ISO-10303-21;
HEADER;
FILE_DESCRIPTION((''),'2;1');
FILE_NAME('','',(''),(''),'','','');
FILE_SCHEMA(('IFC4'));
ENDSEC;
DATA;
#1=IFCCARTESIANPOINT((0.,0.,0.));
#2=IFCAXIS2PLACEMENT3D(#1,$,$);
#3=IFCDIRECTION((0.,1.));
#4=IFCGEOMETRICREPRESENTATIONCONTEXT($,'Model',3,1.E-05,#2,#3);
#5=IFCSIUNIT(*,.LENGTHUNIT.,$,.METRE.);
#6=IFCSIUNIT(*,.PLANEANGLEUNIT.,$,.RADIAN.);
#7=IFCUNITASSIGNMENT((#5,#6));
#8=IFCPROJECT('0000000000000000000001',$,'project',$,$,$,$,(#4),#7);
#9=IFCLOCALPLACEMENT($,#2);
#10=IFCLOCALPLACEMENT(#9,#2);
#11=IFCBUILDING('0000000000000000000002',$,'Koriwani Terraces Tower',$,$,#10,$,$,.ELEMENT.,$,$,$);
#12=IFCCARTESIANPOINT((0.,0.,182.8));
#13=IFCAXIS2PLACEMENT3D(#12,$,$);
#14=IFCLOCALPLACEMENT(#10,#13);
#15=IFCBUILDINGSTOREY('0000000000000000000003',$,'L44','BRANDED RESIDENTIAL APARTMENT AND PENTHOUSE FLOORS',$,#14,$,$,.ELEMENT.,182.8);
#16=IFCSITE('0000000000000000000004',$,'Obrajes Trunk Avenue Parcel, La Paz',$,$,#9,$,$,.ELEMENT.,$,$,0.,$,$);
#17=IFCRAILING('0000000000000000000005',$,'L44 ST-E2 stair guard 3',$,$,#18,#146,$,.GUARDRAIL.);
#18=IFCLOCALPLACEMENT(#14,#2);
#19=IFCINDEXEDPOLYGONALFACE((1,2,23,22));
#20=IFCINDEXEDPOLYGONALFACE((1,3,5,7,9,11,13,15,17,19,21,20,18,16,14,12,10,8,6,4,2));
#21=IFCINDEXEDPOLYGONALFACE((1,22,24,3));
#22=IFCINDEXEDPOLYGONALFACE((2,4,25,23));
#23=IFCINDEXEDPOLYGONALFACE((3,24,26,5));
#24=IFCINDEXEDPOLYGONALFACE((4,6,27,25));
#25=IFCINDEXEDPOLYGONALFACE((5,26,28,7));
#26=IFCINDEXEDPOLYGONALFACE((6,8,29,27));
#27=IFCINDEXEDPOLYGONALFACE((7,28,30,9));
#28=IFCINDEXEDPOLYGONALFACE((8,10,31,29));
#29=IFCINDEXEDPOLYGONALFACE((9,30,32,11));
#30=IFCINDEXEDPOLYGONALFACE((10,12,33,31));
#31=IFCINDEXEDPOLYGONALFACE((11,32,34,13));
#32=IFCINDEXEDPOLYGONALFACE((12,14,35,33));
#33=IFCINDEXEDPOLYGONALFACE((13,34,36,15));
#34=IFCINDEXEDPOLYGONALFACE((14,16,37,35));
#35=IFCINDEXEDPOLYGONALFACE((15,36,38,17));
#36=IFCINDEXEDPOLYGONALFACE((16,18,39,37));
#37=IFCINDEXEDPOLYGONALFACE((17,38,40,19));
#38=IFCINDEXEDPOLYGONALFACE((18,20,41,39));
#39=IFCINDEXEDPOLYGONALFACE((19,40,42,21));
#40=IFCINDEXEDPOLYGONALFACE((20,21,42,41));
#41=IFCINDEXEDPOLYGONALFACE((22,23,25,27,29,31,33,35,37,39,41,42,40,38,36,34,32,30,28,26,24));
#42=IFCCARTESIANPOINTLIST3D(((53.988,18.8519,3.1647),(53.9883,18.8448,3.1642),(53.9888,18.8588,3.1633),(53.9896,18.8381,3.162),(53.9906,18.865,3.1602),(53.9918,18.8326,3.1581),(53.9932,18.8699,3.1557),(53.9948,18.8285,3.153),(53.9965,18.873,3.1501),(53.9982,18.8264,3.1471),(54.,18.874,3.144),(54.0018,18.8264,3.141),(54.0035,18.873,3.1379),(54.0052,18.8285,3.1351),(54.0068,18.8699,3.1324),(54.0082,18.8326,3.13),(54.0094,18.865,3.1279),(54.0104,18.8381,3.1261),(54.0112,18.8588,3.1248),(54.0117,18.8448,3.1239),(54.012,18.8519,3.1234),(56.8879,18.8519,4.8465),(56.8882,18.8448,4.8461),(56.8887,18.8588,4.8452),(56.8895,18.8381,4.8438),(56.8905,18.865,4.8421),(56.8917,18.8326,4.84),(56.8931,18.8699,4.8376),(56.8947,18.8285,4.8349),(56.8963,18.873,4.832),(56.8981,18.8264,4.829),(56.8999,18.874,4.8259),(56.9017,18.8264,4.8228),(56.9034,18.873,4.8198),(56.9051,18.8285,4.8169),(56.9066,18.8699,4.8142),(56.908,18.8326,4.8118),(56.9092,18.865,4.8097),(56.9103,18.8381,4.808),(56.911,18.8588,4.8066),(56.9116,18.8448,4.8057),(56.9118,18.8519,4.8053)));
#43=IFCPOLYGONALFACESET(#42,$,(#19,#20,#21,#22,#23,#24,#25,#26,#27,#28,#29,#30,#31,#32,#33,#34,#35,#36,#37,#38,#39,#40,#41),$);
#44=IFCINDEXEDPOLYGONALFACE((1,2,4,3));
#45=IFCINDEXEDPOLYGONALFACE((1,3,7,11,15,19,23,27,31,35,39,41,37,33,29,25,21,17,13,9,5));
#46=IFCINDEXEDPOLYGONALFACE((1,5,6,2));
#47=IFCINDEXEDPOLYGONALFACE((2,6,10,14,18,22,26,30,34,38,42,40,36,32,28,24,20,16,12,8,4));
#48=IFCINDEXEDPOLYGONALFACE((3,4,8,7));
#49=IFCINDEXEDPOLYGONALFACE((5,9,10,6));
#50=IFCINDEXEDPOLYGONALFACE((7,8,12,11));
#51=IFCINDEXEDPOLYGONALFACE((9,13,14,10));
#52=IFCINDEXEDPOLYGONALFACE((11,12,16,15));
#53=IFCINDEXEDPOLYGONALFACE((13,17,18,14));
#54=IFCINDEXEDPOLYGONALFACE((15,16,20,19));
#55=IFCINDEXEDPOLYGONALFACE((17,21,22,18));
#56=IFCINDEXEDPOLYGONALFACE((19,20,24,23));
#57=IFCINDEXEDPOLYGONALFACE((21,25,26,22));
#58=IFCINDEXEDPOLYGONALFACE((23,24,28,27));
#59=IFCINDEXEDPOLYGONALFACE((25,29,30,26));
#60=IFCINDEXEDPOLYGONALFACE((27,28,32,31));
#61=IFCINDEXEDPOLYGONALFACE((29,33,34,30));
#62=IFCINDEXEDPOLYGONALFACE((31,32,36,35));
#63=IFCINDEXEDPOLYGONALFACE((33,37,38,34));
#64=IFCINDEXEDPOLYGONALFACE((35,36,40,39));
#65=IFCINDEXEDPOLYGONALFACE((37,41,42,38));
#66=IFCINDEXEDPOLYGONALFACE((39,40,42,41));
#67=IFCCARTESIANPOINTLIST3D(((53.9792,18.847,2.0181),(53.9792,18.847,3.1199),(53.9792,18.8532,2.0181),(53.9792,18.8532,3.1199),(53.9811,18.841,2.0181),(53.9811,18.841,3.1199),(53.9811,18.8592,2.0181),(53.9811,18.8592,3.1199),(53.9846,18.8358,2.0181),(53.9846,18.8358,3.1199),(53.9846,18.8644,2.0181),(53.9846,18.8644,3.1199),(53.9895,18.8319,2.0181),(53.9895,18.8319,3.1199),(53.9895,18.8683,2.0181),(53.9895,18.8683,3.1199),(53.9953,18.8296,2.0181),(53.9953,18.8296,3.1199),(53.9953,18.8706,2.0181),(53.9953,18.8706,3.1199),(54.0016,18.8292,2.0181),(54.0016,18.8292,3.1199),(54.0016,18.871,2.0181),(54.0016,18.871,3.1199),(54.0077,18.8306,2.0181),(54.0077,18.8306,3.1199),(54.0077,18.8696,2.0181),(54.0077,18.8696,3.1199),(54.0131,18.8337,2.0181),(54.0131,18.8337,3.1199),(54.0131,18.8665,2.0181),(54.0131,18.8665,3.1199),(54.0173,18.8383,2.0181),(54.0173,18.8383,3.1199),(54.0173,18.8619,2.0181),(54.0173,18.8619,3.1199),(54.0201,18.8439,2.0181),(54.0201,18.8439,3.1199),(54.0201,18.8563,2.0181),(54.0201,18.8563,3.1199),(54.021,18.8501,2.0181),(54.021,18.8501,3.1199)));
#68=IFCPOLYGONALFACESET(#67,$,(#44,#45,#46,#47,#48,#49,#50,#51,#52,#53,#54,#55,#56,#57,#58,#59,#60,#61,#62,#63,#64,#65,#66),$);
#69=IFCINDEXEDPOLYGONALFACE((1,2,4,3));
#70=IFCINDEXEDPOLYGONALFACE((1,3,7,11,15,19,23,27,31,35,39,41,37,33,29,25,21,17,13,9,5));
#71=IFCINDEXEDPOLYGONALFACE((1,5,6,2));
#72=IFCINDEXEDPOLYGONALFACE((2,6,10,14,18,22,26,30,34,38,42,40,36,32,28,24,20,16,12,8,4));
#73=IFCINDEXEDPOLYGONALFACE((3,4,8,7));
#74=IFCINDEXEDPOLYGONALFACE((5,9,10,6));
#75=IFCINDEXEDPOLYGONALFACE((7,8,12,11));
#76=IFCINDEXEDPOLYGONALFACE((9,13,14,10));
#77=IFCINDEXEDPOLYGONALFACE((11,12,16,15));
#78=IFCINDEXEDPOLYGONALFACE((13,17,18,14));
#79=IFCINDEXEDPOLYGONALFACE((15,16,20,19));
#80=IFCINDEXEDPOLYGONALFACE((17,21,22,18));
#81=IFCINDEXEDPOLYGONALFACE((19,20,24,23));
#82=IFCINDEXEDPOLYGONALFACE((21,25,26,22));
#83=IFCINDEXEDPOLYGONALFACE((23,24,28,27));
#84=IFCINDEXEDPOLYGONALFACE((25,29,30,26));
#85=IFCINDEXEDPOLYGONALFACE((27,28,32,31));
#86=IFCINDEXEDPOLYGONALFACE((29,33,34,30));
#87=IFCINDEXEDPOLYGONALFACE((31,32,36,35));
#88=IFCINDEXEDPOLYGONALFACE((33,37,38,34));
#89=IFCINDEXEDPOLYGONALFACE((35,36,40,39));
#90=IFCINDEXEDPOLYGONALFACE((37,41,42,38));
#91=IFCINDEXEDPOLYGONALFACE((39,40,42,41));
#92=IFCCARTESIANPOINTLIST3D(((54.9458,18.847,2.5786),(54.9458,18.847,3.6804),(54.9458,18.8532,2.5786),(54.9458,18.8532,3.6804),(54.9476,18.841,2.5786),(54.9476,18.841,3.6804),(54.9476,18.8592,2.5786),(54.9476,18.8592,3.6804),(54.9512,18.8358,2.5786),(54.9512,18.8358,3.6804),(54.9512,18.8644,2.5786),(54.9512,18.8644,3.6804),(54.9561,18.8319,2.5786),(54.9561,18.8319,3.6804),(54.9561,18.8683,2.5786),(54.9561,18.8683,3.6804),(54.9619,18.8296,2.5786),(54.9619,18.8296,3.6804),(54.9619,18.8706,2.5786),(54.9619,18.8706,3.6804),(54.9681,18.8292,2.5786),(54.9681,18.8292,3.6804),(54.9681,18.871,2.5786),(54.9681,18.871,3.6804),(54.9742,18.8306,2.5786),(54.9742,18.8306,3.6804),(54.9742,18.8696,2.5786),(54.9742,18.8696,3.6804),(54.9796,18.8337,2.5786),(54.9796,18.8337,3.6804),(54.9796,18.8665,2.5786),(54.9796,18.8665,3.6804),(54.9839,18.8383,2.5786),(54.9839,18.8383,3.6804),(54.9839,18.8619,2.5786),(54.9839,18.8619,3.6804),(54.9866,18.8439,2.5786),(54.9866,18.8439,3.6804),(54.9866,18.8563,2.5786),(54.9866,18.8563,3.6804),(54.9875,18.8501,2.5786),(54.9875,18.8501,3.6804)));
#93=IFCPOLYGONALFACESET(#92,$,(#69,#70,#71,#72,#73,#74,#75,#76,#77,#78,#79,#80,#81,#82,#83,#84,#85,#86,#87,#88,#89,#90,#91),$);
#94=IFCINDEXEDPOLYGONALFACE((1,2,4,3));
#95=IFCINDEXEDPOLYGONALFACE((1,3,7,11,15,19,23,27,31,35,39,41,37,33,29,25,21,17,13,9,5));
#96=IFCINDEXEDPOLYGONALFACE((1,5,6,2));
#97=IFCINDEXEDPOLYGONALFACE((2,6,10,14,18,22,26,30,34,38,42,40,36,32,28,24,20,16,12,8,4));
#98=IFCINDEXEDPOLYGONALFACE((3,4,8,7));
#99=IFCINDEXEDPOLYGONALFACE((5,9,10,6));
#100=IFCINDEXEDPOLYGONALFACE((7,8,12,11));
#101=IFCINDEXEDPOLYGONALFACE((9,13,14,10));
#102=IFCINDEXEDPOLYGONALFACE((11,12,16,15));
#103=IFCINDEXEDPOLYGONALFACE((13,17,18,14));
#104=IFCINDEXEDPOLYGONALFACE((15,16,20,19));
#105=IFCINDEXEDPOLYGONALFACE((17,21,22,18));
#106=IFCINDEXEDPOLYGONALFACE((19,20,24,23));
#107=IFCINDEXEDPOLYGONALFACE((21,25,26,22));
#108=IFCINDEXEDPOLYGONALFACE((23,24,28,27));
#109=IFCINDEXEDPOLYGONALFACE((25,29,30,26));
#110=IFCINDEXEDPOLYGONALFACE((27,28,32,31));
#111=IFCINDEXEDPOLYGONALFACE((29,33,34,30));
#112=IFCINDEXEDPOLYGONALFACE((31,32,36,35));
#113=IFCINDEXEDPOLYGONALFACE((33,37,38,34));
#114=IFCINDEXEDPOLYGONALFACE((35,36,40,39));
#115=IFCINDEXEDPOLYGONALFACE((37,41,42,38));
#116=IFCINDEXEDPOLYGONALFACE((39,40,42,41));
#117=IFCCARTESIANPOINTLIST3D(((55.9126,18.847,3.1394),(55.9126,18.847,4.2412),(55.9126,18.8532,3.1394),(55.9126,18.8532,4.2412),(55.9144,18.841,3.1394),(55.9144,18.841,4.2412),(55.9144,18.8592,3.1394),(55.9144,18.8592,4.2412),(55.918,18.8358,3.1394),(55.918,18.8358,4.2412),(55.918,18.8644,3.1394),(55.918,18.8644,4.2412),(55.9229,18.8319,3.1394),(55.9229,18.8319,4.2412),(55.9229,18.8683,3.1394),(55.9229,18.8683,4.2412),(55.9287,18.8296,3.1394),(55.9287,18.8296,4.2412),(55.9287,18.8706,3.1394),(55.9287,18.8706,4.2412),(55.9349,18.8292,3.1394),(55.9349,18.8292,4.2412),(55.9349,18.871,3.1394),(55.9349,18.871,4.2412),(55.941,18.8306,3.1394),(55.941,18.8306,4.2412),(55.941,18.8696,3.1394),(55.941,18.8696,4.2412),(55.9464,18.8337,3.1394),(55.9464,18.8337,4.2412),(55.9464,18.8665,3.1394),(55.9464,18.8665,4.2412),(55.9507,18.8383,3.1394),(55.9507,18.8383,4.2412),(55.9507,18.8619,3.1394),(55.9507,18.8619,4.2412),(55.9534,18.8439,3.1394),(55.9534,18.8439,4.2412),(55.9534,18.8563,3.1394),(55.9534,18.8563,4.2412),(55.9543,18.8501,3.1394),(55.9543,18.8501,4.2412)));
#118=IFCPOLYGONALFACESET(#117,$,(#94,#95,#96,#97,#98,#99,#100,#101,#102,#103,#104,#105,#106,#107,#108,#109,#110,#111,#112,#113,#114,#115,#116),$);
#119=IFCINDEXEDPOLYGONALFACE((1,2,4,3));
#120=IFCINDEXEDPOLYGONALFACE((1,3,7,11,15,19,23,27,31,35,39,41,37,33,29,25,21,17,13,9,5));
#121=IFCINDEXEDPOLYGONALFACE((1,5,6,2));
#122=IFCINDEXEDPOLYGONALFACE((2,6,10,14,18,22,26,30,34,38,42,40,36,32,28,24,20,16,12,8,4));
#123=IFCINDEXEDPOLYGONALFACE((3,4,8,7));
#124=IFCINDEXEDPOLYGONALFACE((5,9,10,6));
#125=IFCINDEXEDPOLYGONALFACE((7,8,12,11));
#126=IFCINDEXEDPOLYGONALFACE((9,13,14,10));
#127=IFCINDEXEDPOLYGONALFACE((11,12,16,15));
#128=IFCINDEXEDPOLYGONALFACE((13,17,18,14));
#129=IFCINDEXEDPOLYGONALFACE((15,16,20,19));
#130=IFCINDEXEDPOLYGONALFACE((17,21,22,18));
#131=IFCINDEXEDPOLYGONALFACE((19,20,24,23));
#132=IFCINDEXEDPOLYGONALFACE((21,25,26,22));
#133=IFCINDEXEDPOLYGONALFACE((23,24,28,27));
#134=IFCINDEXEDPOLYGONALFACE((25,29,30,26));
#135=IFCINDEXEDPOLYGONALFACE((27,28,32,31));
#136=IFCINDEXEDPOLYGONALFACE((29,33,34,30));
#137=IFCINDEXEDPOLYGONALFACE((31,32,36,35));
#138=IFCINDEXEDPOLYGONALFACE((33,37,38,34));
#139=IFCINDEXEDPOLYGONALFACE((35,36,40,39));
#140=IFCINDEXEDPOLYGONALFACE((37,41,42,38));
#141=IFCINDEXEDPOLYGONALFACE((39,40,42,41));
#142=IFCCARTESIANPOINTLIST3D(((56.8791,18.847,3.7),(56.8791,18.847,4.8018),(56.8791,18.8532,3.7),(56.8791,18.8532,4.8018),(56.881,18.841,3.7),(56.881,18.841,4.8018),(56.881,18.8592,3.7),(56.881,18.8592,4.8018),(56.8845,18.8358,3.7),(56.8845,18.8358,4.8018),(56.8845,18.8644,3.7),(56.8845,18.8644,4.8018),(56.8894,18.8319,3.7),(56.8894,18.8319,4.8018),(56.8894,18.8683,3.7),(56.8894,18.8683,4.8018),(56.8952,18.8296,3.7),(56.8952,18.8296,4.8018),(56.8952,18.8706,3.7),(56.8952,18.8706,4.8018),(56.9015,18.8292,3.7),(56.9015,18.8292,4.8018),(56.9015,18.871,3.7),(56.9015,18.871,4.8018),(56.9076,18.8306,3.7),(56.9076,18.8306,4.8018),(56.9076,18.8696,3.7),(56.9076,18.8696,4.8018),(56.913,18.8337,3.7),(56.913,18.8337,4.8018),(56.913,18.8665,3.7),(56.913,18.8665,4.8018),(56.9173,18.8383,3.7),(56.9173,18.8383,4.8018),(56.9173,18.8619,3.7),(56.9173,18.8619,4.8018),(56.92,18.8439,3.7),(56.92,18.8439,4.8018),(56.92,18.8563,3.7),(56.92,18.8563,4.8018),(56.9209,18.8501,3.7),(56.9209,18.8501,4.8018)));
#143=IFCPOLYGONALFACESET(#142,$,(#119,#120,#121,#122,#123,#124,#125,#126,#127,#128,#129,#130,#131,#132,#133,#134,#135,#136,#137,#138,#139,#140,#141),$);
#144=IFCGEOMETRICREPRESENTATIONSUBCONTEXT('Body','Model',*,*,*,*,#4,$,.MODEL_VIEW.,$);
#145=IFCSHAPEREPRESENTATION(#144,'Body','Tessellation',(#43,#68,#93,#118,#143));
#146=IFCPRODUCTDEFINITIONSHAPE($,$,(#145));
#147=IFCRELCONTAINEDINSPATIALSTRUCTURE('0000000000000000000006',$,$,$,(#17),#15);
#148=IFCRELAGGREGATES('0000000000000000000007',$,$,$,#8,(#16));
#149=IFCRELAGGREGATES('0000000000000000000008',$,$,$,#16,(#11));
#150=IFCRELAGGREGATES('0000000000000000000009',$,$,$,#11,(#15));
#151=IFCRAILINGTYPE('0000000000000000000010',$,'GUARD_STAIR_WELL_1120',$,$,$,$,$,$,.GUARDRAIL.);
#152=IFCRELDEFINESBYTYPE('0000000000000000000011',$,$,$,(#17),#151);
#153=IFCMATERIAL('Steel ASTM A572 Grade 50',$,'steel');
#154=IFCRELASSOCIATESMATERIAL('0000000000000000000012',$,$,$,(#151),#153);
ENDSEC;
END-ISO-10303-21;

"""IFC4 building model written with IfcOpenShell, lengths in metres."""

from ifc_helpers import new_model, si_unit, direction, frame, origin, origin_2d, place, context, subcontext, project, spatial, circle, extrude, material, type_object, element, save


model = new_model("IFC4")

# Units and contexts
model_context = context("Model", 3, precision=1e-05, world=origin(), true_north=direction((0.0, 1.0)))
body_context = subcontext(model_context, "Body", "Model", "MODEL_VIEW")
ifc_project = project(units=[si_unit("LENGTHUNIT", "METRE"), si_unit("PLANEANGLEUNIT", "RADIAN")], contexts=[model_context])

# Site, building, storey
site_placement = place(None, origin())
site = spatial("IfcSite", under=ifc_project, at=site_placement, Name="Obrajes Trunk Avenue Parcel, La Paz", CompositionType="ELEMENT", RefElevation=0.0)
building_placement = place(site_placement, origin())
building = spatial("IfcBuilding", under=site, at=building_placement, Name="Koriwani Terraces Tower", CompositionType="ELEMENT")
storey_placement = place(building_placement, frame((0.0, 0.0, 182.8)))
storey = spatial("IfcBuildingStorey", under=building, at=storey_placement, Name="L44", Description="BRANDED RESIDENTIAL APARTMENT AND PENTHOUSE FLOORS", CompositionType="ELEMENT", Elevation=182.8)

# Shared definitions
ifc_material_1 = material(Name="Steel ASTM A572 Grade 50", Category="steel")

# Railing
railing_type_1 = type_object("IfcRailingType", Name="GUARD_STAIR_WELL_1120", PredefinedType="GUARDRAIL", material=ifc_material_1)
railing_1_placement = place(storey_placement, frame((54.0, 18.8501, 2.0181)))
element("IfcRailing", 1, at=railing_1_placement, inside=storey, type_object=railing_type_1, Name="L44 ST-E2 stair guard 3", PredefinedType="GUARDRAIL", context=body_context, shape_type="SweptSolid", body=[
    extrude(circle(Radius=0.0239, at=origin_2d()), frame((0.0, 0.0, 1.126), z_axis=(0.865039, 0.0, 0.501705), x_axis=(0.0, 1.0, 0.0)), (0.0, 0.0, 1.0), 3.3523),
    extrude(circle(Radius=0.021, at=origin_2d()), origin(), (0.0, 0.0, 1.0), 1.1018),
    extrude(circle(Radius=0.021, at=origin_2d()), frame((0.9666, 0.0, 0.5605)), (0.0, 0.0, 1.0), 1.1018),
    extrude(circle(Radius=0.021, at=origin_2d()), frame((1.9333, 0.0, 1.1213)), (0.0, 0.0, 1.0), 1.1018),
    extrude(circle(Radius=0.021, at=origin_2d()), frame((2.8999, 0.0, 1.6819)), (0.0, 0.0, 1.0), 1.1018),
])

save(model, "model.ifc")
